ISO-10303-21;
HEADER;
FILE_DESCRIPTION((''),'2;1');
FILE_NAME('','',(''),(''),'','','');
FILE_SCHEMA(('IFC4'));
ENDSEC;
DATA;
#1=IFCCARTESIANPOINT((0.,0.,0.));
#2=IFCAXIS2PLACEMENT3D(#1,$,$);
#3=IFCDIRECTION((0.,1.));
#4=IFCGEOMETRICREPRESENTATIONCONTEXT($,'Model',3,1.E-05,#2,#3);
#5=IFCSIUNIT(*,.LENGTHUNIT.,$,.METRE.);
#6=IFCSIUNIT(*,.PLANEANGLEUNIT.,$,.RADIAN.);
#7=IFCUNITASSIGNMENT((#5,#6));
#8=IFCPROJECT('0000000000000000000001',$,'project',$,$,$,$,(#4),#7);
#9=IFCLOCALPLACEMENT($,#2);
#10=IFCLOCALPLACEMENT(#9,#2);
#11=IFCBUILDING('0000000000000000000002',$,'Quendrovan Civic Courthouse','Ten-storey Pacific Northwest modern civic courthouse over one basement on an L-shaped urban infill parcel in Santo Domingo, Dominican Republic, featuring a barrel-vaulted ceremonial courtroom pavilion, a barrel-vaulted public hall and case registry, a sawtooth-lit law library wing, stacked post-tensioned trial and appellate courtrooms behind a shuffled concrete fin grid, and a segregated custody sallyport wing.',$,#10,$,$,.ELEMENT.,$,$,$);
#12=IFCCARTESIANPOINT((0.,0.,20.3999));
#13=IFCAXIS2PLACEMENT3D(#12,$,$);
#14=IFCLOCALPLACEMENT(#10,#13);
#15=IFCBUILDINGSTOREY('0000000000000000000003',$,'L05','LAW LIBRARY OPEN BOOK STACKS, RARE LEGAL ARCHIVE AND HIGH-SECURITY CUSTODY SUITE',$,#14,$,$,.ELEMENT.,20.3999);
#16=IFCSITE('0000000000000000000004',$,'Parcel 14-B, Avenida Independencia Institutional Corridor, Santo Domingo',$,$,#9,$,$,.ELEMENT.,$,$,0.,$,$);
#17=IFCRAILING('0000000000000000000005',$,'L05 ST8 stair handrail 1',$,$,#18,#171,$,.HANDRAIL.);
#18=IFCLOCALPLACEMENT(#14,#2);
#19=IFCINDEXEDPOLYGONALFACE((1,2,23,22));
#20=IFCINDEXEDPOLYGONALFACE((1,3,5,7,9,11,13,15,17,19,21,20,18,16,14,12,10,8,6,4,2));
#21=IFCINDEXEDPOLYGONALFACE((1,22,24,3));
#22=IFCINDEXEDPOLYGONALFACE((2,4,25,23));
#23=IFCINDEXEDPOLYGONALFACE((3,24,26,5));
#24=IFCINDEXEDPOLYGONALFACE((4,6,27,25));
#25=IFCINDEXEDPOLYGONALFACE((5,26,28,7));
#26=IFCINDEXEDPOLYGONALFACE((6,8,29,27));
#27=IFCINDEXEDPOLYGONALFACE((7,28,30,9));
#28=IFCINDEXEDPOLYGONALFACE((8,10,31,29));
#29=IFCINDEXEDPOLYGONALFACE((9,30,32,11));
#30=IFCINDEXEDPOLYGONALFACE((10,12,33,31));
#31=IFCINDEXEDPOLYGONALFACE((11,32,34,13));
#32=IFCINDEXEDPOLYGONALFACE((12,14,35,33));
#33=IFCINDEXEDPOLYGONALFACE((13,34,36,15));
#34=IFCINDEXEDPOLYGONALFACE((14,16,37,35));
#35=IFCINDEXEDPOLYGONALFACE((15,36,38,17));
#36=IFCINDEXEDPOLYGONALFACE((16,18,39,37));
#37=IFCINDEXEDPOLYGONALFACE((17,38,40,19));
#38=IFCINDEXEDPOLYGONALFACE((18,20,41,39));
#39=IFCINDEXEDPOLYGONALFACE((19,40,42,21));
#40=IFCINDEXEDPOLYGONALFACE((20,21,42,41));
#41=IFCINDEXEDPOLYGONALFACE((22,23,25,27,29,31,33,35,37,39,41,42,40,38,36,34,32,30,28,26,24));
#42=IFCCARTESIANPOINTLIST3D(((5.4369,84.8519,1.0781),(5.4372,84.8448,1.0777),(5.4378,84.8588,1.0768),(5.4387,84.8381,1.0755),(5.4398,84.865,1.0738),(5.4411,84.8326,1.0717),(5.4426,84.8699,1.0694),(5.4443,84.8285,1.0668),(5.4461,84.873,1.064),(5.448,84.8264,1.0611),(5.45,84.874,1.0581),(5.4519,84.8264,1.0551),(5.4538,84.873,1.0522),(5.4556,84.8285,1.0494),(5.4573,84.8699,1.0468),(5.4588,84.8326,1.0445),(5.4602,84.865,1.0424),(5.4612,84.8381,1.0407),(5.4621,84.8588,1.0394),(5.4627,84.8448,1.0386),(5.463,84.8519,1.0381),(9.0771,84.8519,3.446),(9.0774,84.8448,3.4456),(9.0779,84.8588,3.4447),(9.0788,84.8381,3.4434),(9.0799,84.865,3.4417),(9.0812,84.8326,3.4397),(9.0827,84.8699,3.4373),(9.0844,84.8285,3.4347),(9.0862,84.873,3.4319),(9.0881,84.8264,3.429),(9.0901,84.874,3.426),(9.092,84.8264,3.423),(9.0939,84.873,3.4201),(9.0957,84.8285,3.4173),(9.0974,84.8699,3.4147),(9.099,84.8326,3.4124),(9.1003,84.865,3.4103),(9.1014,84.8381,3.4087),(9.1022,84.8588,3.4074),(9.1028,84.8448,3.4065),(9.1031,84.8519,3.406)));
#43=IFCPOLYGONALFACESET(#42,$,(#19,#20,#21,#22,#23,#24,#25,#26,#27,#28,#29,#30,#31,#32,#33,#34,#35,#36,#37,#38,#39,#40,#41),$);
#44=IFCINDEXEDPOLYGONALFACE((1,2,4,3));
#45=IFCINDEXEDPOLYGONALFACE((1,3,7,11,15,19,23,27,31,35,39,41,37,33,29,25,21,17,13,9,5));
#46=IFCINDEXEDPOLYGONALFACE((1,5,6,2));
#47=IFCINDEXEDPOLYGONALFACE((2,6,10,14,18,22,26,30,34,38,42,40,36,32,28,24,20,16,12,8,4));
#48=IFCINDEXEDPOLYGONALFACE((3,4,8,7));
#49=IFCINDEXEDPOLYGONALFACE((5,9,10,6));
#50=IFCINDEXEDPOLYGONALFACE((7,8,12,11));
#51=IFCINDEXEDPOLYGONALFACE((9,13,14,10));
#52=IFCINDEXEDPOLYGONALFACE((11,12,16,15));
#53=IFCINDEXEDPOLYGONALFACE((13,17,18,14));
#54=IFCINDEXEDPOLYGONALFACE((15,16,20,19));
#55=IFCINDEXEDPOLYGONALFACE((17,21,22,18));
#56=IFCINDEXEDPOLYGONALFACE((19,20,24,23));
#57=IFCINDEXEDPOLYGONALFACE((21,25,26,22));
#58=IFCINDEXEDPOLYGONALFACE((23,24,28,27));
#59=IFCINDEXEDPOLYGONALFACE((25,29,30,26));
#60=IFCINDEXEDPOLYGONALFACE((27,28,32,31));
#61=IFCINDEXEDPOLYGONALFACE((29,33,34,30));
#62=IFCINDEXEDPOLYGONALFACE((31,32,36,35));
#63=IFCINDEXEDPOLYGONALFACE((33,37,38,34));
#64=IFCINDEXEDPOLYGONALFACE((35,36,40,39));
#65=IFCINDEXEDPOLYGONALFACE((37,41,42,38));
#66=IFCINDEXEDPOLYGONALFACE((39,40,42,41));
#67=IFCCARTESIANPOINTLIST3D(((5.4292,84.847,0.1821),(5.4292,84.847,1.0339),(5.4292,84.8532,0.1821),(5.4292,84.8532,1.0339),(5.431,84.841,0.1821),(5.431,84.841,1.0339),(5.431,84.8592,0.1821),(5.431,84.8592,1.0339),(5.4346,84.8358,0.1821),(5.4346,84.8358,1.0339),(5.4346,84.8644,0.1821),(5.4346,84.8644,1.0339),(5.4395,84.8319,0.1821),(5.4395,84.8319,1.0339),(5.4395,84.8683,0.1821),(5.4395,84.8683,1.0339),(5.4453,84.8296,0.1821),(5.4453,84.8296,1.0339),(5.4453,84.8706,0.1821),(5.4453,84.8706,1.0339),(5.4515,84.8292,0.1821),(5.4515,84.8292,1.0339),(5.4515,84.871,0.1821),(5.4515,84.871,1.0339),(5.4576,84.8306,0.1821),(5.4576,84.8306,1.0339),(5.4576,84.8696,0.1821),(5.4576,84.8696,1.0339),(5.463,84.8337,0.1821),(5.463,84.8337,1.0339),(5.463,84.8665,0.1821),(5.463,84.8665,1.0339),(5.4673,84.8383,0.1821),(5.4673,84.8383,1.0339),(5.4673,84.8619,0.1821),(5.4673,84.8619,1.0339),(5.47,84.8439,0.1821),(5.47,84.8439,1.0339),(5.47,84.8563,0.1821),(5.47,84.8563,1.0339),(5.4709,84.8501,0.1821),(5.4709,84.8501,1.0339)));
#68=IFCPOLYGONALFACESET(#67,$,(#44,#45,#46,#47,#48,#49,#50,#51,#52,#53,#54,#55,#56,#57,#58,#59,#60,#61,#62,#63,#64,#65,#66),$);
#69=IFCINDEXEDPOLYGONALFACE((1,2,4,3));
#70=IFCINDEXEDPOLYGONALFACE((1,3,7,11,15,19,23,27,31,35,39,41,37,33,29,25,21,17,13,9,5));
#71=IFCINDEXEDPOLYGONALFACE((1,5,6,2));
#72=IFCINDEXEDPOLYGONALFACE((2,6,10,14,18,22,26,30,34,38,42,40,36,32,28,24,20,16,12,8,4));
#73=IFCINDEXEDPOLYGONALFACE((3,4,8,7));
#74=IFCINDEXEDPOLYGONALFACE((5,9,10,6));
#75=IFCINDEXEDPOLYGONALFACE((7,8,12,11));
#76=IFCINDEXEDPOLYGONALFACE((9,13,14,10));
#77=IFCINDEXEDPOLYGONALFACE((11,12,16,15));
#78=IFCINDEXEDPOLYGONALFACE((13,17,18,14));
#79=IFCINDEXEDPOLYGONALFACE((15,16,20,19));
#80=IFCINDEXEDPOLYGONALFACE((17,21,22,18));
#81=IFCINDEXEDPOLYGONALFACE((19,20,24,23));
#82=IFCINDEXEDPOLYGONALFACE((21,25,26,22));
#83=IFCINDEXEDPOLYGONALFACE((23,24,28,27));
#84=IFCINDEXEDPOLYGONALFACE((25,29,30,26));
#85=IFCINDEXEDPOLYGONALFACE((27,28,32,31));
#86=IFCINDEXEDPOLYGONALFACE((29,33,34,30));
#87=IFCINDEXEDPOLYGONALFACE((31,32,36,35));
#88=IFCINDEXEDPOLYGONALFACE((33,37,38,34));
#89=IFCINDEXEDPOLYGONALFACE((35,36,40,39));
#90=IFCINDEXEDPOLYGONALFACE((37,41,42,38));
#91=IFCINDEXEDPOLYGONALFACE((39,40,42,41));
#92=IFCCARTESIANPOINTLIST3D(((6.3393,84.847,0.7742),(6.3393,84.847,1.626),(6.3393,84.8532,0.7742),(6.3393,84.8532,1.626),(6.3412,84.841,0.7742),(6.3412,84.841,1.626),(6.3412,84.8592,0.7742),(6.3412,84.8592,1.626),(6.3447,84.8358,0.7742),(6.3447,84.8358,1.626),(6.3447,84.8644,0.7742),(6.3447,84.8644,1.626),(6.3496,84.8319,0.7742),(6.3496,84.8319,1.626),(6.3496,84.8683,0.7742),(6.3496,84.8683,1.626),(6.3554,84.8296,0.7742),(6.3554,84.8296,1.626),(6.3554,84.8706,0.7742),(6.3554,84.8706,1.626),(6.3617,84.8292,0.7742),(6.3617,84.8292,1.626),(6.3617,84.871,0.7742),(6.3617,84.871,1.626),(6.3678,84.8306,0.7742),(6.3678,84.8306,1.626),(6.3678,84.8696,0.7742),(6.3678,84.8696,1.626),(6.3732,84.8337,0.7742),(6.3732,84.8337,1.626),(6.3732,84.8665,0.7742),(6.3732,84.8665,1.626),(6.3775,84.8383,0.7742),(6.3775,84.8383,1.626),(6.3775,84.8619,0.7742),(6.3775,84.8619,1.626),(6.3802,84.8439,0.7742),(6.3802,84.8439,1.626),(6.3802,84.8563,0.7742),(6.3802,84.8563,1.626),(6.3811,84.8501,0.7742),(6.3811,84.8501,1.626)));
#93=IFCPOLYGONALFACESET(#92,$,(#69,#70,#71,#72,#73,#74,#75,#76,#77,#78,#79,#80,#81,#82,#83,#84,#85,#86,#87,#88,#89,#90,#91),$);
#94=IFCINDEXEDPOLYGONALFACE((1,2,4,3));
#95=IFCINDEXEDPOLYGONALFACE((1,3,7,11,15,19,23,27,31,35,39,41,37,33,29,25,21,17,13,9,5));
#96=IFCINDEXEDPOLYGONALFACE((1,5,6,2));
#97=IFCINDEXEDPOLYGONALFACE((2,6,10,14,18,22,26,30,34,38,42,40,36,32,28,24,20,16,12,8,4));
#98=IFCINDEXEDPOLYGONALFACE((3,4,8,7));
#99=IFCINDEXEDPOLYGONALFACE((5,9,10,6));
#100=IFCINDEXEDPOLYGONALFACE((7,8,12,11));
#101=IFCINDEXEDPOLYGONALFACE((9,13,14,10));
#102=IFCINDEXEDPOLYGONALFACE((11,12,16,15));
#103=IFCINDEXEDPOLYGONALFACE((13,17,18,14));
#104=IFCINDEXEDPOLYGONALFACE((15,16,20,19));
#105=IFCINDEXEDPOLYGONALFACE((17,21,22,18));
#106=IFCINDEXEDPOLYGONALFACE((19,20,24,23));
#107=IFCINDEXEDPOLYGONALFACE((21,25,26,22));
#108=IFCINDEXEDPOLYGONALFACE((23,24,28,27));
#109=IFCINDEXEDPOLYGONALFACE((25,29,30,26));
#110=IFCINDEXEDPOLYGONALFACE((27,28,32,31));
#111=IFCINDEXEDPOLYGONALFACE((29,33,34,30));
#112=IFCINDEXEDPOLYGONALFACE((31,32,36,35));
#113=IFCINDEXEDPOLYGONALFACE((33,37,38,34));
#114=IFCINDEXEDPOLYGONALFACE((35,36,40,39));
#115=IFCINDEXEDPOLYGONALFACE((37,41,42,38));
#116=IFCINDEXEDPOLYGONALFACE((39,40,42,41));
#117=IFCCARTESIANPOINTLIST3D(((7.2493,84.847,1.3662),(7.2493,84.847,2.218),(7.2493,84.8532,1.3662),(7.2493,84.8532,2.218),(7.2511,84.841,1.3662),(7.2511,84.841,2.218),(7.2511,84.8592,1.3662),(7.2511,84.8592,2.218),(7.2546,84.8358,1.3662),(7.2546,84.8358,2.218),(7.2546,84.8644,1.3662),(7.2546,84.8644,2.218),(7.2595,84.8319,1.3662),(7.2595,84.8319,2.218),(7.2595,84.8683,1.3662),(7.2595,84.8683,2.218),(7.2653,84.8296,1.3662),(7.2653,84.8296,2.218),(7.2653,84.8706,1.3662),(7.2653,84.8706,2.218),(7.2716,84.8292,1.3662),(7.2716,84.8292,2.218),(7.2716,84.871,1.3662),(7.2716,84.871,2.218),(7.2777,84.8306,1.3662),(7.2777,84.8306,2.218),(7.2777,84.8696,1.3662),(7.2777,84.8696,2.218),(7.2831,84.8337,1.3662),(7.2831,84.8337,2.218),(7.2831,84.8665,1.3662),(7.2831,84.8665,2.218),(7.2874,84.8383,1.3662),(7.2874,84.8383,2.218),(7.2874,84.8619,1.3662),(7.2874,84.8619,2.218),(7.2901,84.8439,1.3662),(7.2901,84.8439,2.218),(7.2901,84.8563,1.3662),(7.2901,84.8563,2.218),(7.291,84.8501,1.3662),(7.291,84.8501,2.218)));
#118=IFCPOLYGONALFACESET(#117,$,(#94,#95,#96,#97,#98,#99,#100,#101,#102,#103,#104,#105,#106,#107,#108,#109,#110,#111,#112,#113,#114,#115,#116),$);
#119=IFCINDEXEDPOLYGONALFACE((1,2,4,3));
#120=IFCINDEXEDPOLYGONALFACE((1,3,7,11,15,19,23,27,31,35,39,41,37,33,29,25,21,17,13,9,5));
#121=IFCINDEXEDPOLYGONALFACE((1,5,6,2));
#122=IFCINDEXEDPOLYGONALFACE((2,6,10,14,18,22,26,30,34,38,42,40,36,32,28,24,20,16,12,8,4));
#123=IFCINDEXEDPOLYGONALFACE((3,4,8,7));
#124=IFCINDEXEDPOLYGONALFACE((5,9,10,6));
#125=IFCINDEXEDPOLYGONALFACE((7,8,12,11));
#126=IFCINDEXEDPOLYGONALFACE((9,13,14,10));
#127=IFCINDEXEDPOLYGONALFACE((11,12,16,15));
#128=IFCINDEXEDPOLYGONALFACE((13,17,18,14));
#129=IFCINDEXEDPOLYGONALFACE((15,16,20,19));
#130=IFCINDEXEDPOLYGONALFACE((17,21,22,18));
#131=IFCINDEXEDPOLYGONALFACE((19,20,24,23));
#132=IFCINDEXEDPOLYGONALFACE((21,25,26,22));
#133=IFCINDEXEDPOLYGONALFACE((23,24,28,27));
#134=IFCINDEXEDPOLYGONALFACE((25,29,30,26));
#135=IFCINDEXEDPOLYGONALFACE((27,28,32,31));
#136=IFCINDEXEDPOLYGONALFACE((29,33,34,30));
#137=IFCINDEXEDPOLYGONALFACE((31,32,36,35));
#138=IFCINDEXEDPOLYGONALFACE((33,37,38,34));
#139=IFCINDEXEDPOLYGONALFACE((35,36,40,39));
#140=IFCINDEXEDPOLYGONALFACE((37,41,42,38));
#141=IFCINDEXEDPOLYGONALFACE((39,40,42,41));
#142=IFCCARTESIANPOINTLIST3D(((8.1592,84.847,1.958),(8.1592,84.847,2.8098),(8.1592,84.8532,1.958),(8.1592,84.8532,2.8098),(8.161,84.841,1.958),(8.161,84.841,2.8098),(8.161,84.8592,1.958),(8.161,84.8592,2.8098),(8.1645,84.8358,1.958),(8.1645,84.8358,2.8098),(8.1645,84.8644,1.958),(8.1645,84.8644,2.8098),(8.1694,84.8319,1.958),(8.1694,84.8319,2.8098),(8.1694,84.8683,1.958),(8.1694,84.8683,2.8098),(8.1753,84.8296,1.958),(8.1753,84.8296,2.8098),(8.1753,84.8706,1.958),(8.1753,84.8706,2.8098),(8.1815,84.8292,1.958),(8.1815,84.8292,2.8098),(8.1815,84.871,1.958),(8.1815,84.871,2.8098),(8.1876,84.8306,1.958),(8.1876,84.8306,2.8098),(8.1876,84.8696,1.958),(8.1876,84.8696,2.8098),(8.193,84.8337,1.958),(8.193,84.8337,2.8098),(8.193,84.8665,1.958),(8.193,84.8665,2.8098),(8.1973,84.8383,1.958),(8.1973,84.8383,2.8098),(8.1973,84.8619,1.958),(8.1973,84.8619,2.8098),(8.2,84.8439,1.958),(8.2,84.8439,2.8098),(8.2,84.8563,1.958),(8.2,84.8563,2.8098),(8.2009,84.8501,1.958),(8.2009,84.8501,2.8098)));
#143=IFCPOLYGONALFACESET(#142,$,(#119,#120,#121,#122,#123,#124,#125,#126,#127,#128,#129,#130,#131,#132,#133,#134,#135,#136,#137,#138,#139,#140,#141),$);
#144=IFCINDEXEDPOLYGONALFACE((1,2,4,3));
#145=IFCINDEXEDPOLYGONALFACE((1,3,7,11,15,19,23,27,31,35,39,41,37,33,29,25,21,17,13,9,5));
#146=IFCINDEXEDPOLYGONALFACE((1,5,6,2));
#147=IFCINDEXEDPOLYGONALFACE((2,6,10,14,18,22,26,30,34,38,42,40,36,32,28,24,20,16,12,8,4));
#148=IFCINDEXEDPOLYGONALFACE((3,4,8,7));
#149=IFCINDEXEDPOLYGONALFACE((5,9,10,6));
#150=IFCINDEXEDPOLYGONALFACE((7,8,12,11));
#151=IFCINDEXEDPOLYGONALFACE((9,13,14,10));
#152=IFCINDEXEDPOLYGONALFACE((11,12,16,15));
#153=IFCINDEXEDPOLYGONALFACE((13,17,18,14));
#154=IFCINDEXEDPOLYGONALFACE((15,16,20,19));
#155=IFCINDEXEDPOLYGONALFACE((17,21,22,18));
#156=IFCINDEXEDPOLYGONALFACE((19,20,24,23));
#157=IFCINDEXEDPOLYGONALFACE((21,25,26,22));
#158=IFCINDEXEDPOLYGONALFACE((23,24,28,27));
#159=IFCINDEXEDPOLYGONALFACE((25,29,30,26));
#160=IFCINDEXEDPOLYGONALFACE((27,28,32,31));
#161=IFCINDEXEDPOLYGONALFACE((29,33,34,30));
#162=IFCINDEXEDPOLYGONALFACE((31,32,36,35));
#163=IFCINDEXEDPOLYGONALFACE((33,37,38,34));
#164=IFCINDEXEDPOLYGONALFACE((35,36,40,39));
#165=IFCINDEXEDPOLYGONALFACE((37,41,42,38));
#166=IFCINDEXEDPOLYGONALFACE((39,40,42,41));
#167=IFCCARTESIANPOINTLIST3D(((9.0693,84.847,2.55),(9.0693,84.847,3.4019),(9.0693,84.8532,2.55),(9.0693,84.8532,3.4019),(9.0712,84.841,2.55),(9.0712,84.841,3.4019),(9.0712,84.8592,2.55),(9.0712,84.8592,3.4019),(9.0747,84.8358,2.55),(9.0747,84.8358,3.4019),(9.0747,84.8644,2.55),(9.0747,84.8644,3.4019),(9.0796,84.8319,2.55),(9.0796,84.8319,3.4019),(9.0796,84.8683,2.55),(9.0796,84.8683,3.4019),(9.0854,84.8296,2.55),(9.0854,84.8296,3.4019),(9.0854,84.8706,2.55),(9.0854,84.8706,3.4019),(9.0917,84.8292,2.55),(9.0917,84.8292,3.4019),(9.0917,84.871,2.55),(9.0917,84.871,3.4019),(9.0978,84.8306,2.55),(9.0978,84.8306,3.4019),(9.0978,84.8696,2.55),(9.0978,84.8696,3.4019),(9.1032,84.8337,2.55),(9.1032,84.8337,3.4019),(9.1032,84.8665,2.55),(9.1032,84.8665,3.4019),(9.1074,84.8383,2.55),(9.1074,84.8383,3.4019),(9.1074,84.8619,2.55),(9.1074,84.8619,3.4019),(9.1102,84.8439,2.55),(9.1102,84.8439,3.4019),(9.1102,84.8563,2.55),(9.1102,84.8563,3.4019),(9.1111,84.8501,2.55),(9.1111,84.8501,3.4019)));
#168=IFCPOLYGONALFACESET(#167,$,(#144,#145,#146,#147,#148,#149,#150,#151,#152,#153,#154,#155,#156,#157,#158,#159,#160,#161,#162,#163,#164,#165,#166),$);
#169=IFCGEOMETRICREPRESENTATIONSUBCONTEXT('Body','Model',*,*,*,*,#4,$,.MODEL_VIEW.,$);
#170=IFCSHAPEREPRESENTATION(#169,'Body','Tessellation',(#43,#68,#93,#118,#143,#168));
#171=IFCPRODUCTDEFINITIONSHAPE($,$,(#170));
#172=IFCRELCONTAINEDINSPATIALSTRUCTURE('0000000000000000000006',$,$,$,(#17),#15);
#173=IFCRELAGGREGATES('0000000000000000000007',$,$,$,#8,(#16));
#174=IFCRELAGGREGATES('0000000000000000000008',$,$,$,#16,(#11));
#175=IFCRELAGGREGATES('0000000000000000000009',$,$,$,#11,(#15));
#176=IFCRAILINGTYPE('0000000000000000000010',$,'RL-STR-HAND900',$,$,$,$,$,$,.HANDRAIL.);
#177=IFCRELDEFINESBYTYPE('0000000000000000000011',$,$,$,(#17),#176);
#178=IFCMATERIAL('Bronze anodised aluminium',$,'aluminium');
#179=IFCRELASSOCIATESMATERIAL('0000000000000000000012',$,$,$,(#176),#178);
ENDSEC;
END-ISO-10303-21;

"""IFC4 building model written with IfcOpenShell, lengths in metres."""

from ifc_helpers import new_model, si_unit, direction, frame, origin, origin_2d, place, context, subcontext, project, spatial, circle, extrude, material, type_object, element, save


model = new_model("IFC4")

# Units and contexts
model_context = context("Model", 3, precision=1e-05, world=origin(), true_north=direction((0.0, 1.0)))
body_context = subcontext(model_context, "Body", "Model", "MODEL_VIEW")
ifc_project = project(units=[si_unit("LENGTHUNIT", "METRE"), si_unit("PLANEANGLEUNIT", "RADIAN")], contexts=[model_context])

# Site, building, storey
site_placement = place(None, origin())
site = spatial("IfcSite", under=ifc_project, at=site_placement, Name="Parcel 14-B, Avenida Independencia Institutional Corridor, Santo Domingo", CompositionType="ELEMENT", RefElevation=0.0)
building_placement = place(site_placement, origin())
building = spatial("IfcBuilding", under=site, at=building_placement, Name="Quendrovan Civic Courthouse", Description="Ten-storey Pacific Northwest modern civic courthouse over one basement on an L-shaped urban infill parcel in Santo Domingo, Dominican Republic, featuring a barrel-vaulted ceremonial courtroom pavilion, a barrel-vaulted public hall and case registry, a sawtooth-lit law library wing, stacked post-tensioned trial and appellate courtrooms behind a shuffled concrete fin grid, and a segregated custody sallyport wing.", CompositionType="ELEMENT")
storey_placement = place(building_placement, frame((0.0, 0.0, 20.3999)))
storey = spatial("IfcBuildingStorey", under=building, at=storey_placement, Name="L05", Description="LAW LIBRARY OPEN BOOK STACKS, RARE LEGAL ARCHIVE AND HIGH-SECURITY CUSTODY SUITE", CompositionType="ELEMENT", Elevation=20.3999)

# Railing
ifc_material_1 = material(Name="Bronze anodised aluminium", Category="aluminium")
railing_type_1 = type_object("IfcRailingType", Name="RL-STR-HAND900", PredefinedType="HANDRAIL", material=ifc_material_1)
railing_1_placement = place(storey_placement, frame((5.45, 84.8501, 0.1821)))
element("IfcRailing", 1, at=railing_1_placement, inside=storey, type_object=railing_type_1, Name="L05 ST8 stair handrail 1", PredefinedType="HANDRAIL", context=body_context, shape_type="SweptSolid", body=[
    extrude(circle(Radius=0.0239, at=origin_2d()), frame((0.0, 0.0, 0.876), z_axis=(0.838251, 0.0, 0.545285), x_axis=(0.0, 1.0, 0.0)), (0.0, 0.0, 1.0), 4.3425),
    extrude(circle(Radius=0.021, at=origin_2d()), origin(), (0.0, 0.0, 1.0), 0.8518),
    extrude(circle(Radius=0.021, at=origin_2d()), frame((0.9102, 0.0, 0.592)), (0.0, 0.0, 1.0), 0.8518),
    extrude(circle(Radius=0.021, at=origin_2d()), frame((1.8201, 0.0, 1.1841)), (0.0, 0.0, 1.0), 0.8518),
    extrude(circle(Radius=0.021, at=origin_2d()), frame((2.73, 0.0, 1.7759)), (0.0, 0.0, 1.0), 0.8518),
    extrude(circle(Radius=0.021, at=origin_2d()), frame((3.6401, 0.0, 2.3679)), (0.0, 0.0, 1.0), 0.8518),
])

save(model, "model.ifc")
